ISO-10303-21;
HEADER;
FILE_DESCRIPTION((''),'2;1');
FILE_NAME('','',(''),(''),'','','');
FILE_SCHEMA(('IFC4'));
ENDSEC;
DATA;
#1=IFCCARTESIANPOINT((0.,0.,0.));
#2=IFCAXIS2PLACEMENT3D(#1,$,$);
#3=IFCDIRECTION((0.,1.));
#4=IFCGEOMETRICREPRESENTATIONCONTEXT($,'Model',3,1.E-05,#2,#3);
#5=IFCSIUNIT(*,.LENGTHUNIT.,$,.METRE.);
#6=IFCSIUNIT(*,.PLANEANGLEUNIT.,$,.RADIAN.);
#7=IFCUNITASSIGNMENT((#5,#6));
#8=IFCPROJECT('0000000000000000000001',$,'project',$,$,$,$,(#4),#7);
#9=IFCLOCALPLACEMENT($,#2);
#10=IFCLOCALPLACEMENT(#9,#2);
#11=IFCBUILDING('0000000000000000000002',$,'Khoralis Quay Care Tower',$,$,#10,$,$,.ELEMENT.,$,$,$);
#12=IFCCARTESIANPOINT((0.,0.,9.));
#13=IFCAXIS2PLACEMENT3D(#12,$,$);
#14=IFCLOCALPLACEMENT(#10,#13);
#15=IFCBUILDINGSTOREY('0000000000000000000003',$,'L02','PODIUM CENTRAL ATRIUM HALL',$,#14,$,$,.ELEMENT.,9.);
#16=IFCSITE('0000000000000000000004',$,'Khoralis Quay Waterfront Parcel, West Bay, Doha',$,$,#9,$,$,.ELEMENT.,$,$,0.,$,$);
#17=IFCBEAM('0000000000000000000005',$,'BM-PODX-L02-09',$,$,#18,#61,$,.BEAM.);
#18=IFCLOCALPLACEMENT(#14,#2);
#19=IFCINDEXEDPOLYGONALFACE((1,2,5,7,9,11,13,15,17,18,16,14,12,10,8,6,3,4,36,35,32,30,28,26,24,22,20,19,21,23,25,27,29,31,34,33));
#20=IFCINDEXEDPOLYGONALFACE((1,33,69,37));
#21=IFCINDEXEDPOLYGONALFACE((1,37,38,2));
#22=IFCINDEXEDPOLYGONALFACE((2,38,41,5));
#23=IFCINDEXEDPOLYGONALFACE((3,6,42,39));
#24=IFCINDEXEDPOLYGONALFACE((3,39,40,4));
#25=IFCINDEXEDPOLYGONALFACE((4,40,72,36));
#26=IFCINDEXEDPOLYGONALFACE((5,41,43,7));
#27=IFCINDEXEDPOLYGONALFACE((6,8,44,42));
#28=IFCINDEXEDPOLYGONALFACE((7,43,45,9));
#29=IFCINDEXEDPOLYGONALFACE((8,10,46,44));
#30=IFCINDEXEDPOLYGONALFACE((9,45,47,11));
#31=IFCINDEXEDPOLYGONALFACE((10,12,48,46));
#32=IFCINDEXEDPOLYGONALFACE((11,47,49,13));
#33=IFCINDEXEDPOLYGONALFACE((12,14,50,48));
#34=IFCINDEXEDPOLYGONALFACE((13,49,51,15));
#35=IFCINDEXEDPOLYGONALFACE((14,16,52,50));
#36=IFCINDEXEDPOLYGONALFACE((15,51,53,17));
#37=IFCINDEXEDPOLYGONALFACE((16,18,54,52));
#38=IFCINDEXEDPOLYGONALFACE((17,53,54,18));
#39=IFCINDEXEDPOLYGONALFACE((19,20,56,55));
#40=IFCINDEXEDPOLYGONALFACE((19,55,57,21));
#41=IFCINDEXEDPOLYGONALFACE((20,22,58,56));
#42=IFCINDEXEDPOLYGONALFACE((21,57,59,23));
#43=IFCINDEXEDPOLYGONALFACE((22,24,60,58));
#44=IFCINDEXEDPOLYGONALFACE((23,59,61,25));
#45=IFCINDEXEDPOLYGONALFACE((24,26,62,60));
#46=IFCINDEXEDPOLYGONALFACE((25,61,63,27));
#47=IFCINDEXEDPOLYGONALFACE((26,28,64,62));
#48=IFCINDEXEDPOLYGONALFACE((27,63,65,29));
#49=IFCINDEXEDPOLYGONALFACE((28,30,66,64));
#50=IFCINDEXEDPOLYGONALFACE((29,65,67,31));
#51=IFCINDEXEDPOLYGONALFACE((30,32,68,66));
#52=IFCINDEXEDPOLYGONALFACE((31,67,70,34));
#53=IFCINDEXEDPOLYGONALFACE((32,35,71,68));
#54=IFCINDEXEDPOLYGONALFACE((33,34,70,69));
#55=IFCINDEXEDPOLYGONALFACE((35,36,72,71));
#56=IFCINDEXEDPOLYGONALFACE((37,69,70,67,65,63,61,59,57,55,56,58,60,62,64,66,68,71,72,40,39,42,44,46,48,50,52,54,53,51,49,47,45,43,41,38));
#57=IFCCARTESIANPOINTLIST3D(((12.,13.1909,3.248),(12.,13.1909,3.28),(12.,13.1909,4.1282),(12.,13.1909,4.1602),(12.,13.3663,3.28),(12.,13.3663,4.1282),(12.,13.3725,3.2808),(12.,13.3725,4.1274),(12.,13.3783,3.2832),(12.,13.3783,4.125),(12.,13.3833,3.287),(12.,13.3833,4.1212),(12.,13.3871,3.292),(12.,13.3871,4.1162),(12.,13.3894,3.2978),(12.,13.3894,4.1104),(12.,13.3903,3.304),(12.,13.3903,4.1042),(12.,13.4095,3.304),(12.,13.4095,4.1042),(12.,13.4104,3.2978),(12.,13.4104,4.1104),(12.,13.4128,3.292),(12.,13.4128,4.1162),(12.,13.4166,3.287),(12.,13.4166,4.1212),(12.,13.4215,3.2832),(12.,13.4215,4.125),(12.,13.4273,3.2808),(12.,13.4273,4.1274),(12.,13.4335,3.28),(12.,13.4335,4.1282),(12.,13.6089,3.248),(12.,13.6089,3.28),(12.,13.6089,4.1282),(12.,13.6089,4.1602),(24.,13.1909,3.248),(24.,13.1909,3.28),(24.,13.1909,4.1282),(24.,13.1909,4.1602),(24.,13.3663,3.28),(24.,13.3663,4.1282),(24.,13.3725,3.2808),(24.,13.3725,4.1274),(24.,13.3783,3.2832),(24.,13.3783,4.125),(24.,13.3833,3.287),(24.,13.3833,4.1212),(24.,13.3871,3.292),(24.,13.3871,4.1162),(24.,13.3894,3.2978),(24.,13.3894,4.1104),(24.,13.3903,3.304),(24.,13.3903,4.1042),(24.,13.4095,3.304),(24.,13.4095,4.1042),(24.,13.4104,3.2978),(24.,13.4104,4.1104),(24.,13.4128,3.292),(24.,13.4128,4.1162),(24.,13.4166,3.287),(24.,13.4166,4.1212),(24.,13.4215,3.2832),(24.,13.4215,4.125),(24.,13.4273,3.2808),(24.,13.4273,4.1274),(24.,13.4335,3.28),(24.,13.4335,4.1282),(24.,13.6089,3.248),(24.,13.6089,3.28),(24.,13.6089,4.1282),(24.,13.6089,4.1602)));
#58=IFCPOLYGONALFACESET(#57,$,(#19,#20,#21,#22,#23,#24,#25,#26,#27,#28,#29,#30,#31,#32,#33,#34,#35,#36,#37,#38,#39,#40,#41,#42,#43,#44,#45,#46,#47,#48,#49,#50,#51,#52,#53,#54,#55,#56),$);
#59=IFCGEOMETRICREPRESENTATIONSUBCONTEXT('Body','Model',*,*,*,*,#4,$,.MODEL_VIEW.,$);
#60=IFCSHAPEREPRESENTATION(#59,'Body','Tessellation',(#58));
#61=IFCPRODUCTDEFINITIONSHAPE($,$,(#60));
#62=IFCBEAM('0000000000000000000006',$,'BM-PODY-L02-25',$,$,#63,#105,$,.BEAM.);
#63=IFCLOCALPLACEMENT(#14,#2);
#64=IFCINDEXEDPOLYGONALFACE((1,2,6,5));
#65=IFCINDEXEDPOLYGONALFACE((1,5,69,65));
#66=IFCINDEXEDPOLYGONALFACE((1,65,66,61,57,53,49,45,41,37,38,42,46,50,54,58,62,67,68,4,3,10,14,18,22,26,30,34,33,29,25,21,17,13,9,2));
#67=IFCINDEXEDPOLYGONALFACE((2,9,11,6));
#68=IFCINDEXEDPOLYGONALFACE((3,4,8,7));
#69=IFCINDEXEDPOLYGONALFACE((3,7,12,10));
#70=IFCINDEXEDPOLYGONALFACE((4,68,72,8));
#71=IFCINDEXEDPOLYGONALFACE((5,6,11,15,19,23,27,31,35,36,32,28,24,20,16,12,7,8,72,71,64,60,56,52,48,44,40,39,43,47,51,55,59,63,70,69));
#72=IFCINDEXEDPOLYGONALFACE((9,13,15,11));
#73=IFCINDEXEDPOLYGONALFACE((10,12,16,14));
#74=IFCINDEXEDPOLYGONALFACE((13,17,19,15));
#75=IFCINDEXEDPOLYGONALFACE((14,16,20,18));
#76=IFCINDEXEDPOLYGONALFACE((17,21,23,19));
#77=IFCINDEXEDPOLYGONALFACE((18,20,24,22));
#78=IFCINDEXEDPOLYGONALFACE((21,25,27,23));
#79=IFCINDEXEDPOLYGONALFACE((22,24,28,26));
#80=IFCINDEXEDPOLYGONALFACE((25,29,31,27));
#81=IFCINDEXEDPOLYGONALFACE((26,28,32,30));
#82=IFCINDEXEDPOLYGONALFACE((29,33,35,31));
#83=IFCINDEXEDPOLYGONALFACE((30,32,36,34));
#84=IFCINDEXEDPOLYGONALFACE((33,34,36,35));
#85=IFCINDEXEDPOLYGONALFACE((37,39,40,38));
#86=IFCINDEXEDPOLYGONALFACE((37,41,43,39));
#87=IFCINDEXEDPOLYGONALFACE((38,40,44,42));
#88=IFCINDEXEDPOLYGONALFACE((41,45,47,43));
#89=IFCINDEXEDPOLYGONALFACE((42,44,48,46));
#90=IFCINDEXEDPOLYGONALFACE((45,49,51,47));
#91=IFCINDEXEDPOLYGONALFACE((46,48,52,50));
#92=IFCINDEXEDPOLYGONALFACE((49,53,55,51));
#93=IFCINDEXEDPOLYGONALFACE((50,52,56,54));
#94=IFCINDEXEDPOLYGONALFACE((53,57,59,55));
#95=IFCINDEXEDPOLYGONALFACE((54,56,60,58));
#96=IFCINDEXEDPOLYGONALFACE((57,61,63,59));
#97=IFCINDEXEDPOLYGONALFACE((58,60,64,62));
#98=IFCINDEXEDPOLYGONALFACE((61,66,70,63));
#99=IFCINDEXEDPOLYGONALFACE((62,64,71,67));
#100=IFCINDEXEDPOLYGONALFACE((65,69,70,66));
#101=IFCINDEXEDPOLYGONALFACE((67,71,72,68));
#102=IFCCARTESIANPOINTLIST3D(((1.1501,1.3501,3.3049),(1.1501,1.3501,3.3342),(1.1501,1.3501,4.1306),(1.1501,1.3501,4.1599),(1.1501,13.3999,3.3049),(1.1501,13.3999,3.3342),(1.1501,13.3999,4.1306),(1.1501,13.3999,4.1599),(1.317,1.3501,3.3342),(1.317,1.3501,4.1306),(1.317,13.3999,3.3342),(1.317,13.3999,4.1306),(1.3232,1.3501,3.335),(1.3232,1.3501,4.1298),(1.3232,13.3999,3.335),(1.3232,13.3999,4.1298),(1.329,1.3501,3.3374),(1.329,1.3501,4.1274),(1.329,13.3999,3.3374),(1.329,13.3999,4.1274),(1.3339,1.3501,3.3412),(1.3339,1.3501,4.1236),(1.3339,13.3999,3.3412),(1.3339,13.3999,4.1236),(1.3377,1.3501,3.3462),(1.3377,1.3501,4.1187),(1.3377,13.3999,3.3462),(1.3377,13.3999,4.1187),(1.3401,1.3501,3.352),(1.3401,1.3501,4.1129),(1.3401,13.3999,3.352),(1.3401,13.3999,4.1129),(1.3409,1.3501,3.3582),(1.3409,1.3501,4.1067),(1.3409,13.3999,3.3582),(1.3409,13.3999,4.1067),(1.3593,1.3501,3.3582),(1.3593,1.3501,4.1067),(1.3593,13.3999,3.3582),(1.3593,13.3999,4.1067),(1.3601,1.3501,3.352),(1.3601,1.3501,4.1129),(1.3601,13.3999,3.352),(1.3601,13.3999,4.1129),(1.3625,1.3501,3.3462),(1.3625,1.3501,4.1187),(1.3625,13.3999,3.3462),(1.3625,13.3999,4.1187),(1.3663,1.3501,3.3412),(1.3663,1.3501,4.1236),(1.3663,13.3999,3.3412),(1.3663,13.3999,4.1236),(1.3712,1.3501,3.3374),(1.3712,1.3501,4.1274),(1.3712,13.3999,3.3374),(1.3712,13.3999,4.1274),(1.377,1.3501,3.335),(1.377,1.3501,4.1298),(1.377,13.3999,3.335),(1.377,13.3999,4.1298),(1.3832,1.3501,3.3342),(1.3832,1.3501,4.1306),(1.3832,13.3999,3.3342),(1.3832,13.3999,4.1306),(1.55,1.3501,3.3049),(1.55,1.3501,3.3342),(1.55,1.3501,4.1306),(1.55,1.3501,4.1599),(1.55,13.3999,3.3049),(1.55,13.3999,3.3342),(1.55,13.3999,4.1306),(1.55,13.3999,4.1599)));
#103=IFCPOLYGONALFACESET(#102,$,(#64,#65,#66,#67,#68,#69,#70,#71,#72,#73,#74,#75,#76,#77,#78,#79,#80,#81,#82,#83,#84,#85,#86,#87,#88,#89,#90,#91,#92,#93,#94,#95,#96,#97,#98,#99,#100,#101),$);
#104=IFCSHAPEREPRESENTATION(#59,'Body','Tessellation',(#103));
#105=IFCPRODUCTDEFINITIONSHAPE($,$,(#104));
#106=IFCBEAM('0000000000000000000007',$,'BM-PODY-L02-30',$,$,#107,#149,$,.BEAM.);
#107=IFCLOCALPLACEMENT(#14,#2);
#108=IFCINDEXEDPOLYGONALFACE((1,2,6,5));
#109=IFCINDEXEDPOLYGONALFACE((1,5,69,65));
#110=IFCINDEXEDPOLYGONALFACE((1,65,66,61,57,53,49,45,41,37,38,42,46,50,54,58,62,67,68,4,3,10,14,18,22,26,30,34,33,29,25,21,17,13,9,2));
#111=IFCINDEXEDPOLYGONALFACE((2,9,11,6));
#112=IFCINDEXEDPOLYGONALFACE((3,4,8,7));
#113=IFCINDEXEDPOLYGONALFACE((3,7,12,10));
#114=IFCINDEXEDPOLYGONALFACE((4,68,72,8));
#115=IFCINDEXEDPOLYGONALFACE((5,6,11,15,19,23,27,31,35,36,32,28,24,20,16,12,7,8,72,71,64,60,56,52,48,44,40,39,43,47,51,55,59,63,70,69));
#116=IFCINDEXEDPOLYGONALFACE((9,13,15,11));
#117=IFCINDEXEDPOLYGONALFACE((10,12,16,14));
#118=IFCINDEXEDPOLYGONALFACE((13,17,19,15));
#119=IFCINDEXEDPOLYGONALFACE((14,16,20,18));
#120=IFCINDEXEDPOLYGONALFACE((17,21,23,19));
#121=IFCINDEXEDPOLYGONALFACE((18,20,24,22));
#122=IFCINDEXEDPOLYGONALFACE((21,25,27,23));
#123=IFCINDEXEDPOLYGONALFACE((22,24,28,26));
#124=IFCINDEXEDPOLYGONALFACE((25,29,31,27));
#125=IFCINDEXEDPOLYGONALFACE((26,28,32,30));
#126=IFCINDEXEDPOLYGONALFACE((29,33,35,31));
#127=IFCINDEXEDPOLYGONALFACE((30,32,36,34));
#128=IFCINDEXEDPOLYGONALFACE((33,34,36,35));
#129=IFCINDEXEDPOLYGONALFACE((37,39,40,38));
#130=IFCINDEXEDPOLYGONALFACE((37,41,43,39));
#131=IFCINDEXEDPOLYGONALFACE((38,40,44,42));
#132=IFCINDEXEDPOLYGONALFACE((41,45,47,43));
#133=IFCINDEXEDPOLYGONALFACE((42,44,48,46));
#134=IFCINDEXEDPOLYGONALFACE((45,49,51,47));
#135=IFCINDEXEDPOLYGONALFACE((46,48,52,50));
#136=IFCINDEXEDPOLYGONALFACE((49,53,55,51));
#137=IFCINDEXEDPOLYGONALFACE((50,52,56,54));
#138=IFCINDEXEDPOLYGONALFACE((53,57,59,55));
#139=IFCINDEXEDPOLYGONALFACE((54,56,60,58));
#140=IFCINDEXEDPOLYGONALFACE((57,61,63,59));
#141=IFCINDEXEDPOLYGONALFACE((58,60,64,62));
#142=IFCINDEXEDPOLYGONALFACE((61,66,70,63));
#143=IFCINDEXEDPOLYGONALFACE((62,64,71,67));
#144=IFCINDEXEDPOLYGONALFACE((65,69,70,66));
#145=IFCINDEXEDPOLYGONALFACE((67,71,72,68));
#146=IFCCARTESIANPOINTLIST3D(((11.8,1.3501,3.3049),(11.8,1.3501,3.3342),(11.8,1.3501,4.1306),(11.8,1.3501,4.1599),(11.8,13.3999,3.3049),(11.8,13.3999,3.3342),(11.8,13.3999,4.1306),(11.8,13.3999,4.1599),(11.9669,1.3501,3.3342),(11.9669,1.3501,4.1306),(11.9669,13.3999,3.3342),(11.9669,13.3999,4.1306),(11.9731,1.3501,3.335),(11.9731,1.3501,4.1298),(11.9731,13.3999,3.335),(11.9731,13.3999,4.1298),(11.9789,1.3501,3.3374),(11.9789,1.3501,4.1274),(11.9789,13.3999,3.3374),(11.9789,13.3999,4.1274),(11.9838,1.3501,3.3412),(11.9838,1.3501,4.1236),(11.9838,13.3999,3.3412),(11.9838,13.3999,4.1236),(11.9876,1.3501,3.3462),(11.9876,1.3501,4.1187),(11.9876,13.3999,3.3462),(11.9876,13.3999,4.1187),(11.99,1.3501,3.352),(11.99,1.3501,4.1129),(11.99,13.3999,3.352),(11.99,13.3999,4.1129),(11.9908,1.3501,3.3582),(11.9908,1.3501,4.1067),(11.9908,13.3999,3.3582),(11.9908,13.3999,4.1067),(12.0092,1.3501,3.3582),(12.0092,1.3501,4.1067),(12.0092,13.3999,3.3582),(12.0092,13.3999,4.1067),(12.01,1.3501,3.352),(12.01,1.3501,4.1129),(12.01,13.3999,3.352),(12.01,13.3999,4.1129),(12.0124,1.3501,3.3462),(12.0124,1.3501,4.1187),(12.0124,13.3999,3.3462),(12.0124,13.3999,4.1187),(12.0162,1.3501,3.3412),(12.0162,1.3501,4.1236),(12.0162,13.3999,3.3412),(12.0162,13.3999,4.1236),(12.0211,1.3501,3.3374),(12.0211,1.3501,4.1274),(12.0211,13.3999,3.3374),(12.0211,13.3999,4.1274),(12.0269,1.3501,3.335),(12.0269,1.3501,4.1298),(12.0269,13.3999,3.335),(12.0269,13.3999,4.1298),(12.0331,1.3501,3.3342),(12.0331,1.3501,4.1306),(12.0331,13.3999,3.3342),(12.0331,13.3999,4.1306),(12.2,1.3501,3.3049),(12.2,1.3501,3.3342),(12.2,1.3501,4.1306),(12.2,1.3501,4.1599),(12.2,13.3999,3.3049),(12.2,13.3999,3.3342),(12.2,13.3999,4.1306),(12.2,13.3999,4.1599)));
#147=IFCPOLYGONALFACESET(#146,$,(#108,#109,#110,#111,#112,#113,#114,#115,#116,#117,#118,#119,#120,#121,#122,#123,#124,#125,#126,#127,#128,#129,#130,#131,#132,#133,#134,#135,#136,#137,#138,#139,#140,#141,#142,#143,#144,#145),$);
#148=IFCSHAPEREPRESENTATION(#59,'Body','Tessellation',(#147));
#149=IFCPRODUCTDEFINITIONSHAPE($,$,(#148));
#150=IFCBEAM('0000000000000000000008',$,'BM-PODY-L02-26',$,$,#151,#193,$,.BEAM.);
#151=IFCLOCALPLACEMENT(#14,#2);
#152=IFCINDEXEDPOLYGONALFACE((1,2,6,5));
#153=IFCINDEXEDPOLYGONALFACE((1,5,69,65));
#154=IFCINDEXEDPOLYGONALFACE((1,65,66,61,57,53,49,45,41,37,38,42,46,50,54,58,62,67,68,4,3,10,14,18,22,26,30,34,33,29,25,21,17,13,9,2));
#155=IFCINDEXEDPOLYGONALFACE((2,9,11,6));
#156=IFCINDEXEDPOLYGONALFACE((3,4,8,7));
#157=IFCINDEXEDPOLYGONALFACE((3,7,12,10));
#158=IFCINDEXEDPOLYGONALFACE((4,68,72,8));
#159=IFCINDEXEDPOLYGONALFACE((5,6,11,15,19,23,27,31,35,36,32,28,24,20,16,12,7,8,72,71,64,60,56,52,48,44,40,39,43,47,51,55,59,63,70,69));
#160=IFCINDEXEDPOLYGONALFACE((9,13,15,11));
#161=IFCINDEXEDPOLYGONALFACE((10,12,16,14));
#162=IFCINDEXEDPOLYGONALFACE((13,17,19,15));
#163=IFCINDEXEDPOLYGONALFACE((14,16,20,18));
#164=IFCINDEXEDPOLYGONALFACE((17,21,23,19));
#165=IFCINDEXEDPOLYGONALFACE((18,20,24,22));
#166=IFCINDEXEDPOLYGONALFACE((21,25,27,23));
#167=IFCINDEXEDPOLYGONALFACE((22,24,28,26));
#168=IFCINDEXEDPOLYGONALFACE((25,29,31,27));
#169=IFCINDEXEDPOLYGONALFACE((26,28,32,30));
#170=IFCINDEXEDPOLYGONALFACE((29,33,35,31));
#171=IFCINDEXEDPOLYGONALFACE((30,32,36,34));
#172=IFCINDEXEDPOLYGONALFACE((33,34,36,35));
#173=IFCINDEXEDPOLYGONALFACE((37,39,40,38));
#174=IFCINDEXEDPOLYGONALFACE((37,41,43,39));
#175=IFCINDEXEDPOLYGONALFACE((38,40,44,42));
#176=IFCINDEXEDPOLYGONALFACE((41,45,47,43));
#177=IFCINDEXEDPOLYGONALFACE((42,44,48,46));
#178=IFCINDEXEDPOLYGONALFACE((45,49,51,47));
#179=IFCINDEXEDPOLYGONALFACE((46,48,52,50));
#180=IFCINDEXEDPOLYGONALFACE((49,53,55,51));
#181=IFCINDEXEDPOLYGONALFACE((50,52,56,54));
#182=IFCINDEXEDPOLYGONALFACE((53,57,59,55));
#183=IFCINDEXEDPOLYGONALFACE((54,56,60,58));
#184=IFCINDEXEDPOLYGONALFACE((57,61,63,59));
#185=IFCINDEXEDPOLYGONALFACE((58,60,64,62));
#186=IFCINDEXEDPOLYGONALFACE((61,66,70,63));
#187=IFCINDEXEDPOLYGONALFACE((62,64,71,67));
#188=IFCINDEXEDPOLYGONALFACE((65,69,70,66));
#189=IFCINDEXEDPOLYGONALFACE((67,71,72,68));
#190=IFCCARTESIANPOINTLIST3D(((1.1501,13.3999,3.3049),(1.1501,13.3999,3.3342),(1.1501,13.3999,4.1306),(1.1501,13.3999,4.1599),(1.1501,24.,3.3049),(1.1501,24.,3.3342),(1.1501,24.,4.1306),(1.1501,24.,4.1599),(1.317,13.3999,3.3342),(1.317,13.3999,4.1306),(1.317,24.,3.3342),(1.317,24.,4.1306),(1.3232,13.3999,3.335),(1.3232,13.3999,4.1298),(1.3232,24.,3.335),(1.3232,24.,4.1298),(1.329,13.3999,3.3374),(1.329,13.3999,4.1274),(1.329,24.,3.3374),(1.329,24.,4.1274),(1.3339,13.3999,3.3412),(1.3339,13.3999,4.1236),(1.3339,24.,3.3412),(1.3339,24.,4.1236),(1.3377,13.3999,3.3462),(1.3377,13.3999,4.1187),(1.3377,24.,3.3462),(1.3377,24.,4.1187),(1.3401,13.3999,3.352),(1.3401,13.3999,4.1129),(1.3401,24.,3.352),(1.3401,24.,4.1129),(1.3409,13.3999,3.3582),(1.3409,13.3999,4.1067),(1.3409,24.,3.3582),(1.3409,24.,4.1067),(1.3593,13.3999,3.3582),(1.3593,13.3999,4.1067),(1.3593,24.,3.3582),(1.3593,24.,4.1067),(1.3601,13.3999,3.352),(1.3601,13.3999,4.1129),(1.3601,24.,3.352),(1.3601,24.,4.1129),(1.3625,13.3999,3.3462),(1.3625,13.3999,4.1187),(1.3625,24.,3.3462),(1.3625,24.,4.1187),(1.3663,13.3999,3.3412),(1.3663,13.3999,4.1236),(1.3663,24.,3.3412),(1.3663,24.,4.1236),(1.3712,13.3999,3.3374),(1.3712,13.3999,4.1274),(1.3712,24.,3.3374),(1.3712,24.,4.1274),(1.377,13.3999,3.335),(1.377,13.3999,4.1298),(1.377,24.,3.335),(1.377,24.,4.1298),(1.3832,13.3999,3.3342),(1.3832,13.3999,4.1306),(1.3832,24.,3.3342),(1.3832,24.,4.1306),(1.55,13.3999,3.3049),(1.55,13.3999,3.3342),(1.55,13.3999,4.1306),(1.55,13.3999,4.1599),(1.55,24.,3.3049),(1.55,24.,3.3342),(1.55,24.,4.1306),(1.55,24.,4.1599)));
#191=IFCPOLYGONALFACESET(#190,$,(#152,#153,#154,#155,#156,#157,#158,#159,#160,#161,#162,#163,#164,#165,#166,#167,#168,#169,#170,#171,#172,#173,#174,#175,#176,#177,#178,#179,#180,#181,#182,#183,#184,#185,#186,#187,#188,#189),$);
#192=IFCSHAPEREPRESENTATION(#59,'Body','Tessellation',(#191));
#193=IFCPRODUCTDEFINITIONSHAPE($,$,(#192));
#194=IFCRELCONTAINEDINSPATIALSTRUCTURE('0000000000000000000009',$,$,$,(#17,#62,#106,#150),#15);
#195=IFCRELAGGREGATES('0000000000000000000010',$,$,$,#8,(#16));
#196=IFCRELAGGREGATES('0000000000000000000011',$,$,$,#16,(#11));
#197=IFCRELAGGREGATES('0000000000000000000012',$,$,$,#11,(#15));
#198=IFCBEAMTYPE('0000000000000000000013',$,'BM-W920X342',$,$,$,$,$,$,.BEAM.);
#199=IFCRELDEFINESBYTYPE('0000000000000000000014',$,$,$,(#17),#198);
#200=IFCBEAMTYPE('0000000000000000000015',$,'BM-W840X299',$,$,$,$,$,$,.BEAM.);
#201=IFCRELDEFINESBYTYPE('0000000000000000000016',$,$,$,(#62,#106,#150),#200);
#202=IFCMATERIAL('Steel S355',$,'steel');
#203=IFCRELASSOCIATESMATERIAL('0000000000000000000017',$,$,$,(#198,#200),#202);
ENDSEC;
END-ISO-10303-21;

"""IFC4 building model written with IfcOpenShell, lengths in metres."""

from ifc_helpers import new_model, si_unit, direction, frame, origin, origin_2d, place, context, subcontext, project, spatial, i_section, extrude, source, transform, mapped, material, material_profile, profile_set, type_object, element, save


model = new_model("IFC4")

# Units and contexts
model_context = context("Model", 3, precision=1e-05, world=origin(), true_north=direction((0.0, 1.0)))
body_context = subcontext(model_context, "Body", "Model", "MODEL_VIEW")
ifc_project = project(units=[si_unit("LENGTHUNIT", "METRE"), si_unit("PLANEANGLEUNIT", "RADIAN")], contexts=[model_context])

# Site, building, storey
site_placement = place(None, origin())
site = spatial("IfcSite", under=ifc_project, at=site_placement, Name="Khoralis Quay Waterfront Parcel, West Bay, Doha", CompositionType="ELEMENT", RefElevation=0.0)
building_placement = place(site_placement, origin())
building = spatial("IfcBuilding", under=site, at=building_placement, Name="Khoralis Quay Care Tower", CompositionType="ELEMENT")
storey_placement = place(building_placement, frame((0.0, 0.0, 9.0)))
storey = spatial("IfcBuildingStorey", under=building, at=storey_placement, Name="L02", Description="PODIUM CENTRAL ATRIUM HALL", CompositionType="ELEMENT", Elevation=9.0)

# Beams
ifc_material_1 = material(Name="Steel S355", Category="steel")
ifc_material_profile_1 = material_profile(ifc_material_1, i_section(OverallWidth=0.418, OverallDepth=0.9121, WebThickness=0.0193, FlangeThickness=0.032, FilletRadius=0.0239, at=origin_2d()), Name="Steel S355")
ifc_profile_set_1 = profile_set([ifc_material_profile_1], Name="Steel S355")
beam_type_1 = type_object("IfcBeamType", Name="BM-W920X342", PredefinedType="BEAM", material=ifc_profile_set_1)
shared_shape_1 = source(origin(), body_context, "Body", "SweptSolid", [
    extrude(i_section(OverallWidth=0.418, OverallDepth=0.9121, WebThickness=0.0193, FlangeThickness=0.032, FilletRadius=0.0239, at=origin_2d()), origin(), (0.0, 0.0, 1.0), 12.0),
])
for number, where, z_axis, x_axis, name in (
    (1, (12.0, 13.3999, 3.7041), (1.0, 0.0, 0.0), (0.0, 1.0, 0.0), "BM-PODX-L02-09"),
):
    element("IfcBeam", number, at=place(storey_placement, frame(where, z_axis=z_axis, x_axis=x_axis)), inside=storey, type_object=beam_type_1, Name=name, PredefinedType="BEAM", context=body_context, shape_type="MappedRepresentation", body=[
        mapped(shared_shape_1, transform((0.0, 0.0, 0.0), scale=1.0)),
    ])
ifc_material_profile_2 = material_profile(ifc_material_1, i_section(OverallWidth=0.3999, OverallDepth=0.855, WebThickness=0.0183, FlangeThickness=0.0293, FilletRadius=0.0239, at=origin_2d()), Name="Steel S355")
ifc_profile_set_2 = profile_set([ifc_material_profile_2], Name="Steel S355")
beam_type_2 = type_object("IfcBeamType", Name="BM-W840X299", PredefinedType="BEAM", material=ifc_profile_set_2)
shared_shape_2 = source(origin(), body_context, "Body", "SweptSolid", [
    extrude(i_section(OverallWidth=0.3999, OverallDepth=0.855, WebThickness=0.0183, FlangeThickness=0.0293, FilletRadius=0.0239, at=origin_2d()), origin(), (0.0, 0.0, 1.0), 12.0498),
])
for number, where, z_axis, x_axis, name in (
    (2, (1.3501, 1.3501, 3.7324), (0.0, 1.0, 0.0), (-1.0, 0.0, 0.0), "BM-PODY-L02-25"),
    (3, (12.0, 1.3501, 3.7324), (0.0, 1.0, 0.0), (-1.0, 0.0, 0.0), "BM-PODY-L02-30"),
):
    element("IfcBeam", number, at=place(storey_placement, frame(where, z_axis=z_axis, x_axis=x_axis)), inside=storey, type_object=beam_type_2, Name=name, PredefinedType="BEAM", context=body_context, shape_type="MappedRepresentation", body=[
        mapped(shared_shape_2, transform((0.0, 0.0, 0.0), scale=1.0)),
    ])
shared_shape_3 = source(origin(), body_context, "Body", "SweptSolid", [
    extrude(i_section(OverallWidth=0.3999, OverallDepth=0.855, WebThickness=0.0183, FlangeThickness=0.0293, FilletRadius=0.0239, at=origin_2d()), origin(), (0.0, 0.0, 1.0), 10.6001),
])
beam_1_placement = place(storey_placement, frame((1.3501, 13.3999, 3.7324), z_axis=(0.0, 1.0, 0.0), x_axis=(-1.0, 0.0, 0.0)))
element("IfcBeam", 4, at=beam_1_placement, inside=storey, type_object=beam_type_2, Name="BM-PODY-L02-26", PredefinedType="BEAM", context=body_context, shape_type="MappedRepresentation", body=[
    mapped(shared_shape_3, transform((0.0, 0.0, 0.0), scale=1.0)),
])

save(model, "model.ifc")
